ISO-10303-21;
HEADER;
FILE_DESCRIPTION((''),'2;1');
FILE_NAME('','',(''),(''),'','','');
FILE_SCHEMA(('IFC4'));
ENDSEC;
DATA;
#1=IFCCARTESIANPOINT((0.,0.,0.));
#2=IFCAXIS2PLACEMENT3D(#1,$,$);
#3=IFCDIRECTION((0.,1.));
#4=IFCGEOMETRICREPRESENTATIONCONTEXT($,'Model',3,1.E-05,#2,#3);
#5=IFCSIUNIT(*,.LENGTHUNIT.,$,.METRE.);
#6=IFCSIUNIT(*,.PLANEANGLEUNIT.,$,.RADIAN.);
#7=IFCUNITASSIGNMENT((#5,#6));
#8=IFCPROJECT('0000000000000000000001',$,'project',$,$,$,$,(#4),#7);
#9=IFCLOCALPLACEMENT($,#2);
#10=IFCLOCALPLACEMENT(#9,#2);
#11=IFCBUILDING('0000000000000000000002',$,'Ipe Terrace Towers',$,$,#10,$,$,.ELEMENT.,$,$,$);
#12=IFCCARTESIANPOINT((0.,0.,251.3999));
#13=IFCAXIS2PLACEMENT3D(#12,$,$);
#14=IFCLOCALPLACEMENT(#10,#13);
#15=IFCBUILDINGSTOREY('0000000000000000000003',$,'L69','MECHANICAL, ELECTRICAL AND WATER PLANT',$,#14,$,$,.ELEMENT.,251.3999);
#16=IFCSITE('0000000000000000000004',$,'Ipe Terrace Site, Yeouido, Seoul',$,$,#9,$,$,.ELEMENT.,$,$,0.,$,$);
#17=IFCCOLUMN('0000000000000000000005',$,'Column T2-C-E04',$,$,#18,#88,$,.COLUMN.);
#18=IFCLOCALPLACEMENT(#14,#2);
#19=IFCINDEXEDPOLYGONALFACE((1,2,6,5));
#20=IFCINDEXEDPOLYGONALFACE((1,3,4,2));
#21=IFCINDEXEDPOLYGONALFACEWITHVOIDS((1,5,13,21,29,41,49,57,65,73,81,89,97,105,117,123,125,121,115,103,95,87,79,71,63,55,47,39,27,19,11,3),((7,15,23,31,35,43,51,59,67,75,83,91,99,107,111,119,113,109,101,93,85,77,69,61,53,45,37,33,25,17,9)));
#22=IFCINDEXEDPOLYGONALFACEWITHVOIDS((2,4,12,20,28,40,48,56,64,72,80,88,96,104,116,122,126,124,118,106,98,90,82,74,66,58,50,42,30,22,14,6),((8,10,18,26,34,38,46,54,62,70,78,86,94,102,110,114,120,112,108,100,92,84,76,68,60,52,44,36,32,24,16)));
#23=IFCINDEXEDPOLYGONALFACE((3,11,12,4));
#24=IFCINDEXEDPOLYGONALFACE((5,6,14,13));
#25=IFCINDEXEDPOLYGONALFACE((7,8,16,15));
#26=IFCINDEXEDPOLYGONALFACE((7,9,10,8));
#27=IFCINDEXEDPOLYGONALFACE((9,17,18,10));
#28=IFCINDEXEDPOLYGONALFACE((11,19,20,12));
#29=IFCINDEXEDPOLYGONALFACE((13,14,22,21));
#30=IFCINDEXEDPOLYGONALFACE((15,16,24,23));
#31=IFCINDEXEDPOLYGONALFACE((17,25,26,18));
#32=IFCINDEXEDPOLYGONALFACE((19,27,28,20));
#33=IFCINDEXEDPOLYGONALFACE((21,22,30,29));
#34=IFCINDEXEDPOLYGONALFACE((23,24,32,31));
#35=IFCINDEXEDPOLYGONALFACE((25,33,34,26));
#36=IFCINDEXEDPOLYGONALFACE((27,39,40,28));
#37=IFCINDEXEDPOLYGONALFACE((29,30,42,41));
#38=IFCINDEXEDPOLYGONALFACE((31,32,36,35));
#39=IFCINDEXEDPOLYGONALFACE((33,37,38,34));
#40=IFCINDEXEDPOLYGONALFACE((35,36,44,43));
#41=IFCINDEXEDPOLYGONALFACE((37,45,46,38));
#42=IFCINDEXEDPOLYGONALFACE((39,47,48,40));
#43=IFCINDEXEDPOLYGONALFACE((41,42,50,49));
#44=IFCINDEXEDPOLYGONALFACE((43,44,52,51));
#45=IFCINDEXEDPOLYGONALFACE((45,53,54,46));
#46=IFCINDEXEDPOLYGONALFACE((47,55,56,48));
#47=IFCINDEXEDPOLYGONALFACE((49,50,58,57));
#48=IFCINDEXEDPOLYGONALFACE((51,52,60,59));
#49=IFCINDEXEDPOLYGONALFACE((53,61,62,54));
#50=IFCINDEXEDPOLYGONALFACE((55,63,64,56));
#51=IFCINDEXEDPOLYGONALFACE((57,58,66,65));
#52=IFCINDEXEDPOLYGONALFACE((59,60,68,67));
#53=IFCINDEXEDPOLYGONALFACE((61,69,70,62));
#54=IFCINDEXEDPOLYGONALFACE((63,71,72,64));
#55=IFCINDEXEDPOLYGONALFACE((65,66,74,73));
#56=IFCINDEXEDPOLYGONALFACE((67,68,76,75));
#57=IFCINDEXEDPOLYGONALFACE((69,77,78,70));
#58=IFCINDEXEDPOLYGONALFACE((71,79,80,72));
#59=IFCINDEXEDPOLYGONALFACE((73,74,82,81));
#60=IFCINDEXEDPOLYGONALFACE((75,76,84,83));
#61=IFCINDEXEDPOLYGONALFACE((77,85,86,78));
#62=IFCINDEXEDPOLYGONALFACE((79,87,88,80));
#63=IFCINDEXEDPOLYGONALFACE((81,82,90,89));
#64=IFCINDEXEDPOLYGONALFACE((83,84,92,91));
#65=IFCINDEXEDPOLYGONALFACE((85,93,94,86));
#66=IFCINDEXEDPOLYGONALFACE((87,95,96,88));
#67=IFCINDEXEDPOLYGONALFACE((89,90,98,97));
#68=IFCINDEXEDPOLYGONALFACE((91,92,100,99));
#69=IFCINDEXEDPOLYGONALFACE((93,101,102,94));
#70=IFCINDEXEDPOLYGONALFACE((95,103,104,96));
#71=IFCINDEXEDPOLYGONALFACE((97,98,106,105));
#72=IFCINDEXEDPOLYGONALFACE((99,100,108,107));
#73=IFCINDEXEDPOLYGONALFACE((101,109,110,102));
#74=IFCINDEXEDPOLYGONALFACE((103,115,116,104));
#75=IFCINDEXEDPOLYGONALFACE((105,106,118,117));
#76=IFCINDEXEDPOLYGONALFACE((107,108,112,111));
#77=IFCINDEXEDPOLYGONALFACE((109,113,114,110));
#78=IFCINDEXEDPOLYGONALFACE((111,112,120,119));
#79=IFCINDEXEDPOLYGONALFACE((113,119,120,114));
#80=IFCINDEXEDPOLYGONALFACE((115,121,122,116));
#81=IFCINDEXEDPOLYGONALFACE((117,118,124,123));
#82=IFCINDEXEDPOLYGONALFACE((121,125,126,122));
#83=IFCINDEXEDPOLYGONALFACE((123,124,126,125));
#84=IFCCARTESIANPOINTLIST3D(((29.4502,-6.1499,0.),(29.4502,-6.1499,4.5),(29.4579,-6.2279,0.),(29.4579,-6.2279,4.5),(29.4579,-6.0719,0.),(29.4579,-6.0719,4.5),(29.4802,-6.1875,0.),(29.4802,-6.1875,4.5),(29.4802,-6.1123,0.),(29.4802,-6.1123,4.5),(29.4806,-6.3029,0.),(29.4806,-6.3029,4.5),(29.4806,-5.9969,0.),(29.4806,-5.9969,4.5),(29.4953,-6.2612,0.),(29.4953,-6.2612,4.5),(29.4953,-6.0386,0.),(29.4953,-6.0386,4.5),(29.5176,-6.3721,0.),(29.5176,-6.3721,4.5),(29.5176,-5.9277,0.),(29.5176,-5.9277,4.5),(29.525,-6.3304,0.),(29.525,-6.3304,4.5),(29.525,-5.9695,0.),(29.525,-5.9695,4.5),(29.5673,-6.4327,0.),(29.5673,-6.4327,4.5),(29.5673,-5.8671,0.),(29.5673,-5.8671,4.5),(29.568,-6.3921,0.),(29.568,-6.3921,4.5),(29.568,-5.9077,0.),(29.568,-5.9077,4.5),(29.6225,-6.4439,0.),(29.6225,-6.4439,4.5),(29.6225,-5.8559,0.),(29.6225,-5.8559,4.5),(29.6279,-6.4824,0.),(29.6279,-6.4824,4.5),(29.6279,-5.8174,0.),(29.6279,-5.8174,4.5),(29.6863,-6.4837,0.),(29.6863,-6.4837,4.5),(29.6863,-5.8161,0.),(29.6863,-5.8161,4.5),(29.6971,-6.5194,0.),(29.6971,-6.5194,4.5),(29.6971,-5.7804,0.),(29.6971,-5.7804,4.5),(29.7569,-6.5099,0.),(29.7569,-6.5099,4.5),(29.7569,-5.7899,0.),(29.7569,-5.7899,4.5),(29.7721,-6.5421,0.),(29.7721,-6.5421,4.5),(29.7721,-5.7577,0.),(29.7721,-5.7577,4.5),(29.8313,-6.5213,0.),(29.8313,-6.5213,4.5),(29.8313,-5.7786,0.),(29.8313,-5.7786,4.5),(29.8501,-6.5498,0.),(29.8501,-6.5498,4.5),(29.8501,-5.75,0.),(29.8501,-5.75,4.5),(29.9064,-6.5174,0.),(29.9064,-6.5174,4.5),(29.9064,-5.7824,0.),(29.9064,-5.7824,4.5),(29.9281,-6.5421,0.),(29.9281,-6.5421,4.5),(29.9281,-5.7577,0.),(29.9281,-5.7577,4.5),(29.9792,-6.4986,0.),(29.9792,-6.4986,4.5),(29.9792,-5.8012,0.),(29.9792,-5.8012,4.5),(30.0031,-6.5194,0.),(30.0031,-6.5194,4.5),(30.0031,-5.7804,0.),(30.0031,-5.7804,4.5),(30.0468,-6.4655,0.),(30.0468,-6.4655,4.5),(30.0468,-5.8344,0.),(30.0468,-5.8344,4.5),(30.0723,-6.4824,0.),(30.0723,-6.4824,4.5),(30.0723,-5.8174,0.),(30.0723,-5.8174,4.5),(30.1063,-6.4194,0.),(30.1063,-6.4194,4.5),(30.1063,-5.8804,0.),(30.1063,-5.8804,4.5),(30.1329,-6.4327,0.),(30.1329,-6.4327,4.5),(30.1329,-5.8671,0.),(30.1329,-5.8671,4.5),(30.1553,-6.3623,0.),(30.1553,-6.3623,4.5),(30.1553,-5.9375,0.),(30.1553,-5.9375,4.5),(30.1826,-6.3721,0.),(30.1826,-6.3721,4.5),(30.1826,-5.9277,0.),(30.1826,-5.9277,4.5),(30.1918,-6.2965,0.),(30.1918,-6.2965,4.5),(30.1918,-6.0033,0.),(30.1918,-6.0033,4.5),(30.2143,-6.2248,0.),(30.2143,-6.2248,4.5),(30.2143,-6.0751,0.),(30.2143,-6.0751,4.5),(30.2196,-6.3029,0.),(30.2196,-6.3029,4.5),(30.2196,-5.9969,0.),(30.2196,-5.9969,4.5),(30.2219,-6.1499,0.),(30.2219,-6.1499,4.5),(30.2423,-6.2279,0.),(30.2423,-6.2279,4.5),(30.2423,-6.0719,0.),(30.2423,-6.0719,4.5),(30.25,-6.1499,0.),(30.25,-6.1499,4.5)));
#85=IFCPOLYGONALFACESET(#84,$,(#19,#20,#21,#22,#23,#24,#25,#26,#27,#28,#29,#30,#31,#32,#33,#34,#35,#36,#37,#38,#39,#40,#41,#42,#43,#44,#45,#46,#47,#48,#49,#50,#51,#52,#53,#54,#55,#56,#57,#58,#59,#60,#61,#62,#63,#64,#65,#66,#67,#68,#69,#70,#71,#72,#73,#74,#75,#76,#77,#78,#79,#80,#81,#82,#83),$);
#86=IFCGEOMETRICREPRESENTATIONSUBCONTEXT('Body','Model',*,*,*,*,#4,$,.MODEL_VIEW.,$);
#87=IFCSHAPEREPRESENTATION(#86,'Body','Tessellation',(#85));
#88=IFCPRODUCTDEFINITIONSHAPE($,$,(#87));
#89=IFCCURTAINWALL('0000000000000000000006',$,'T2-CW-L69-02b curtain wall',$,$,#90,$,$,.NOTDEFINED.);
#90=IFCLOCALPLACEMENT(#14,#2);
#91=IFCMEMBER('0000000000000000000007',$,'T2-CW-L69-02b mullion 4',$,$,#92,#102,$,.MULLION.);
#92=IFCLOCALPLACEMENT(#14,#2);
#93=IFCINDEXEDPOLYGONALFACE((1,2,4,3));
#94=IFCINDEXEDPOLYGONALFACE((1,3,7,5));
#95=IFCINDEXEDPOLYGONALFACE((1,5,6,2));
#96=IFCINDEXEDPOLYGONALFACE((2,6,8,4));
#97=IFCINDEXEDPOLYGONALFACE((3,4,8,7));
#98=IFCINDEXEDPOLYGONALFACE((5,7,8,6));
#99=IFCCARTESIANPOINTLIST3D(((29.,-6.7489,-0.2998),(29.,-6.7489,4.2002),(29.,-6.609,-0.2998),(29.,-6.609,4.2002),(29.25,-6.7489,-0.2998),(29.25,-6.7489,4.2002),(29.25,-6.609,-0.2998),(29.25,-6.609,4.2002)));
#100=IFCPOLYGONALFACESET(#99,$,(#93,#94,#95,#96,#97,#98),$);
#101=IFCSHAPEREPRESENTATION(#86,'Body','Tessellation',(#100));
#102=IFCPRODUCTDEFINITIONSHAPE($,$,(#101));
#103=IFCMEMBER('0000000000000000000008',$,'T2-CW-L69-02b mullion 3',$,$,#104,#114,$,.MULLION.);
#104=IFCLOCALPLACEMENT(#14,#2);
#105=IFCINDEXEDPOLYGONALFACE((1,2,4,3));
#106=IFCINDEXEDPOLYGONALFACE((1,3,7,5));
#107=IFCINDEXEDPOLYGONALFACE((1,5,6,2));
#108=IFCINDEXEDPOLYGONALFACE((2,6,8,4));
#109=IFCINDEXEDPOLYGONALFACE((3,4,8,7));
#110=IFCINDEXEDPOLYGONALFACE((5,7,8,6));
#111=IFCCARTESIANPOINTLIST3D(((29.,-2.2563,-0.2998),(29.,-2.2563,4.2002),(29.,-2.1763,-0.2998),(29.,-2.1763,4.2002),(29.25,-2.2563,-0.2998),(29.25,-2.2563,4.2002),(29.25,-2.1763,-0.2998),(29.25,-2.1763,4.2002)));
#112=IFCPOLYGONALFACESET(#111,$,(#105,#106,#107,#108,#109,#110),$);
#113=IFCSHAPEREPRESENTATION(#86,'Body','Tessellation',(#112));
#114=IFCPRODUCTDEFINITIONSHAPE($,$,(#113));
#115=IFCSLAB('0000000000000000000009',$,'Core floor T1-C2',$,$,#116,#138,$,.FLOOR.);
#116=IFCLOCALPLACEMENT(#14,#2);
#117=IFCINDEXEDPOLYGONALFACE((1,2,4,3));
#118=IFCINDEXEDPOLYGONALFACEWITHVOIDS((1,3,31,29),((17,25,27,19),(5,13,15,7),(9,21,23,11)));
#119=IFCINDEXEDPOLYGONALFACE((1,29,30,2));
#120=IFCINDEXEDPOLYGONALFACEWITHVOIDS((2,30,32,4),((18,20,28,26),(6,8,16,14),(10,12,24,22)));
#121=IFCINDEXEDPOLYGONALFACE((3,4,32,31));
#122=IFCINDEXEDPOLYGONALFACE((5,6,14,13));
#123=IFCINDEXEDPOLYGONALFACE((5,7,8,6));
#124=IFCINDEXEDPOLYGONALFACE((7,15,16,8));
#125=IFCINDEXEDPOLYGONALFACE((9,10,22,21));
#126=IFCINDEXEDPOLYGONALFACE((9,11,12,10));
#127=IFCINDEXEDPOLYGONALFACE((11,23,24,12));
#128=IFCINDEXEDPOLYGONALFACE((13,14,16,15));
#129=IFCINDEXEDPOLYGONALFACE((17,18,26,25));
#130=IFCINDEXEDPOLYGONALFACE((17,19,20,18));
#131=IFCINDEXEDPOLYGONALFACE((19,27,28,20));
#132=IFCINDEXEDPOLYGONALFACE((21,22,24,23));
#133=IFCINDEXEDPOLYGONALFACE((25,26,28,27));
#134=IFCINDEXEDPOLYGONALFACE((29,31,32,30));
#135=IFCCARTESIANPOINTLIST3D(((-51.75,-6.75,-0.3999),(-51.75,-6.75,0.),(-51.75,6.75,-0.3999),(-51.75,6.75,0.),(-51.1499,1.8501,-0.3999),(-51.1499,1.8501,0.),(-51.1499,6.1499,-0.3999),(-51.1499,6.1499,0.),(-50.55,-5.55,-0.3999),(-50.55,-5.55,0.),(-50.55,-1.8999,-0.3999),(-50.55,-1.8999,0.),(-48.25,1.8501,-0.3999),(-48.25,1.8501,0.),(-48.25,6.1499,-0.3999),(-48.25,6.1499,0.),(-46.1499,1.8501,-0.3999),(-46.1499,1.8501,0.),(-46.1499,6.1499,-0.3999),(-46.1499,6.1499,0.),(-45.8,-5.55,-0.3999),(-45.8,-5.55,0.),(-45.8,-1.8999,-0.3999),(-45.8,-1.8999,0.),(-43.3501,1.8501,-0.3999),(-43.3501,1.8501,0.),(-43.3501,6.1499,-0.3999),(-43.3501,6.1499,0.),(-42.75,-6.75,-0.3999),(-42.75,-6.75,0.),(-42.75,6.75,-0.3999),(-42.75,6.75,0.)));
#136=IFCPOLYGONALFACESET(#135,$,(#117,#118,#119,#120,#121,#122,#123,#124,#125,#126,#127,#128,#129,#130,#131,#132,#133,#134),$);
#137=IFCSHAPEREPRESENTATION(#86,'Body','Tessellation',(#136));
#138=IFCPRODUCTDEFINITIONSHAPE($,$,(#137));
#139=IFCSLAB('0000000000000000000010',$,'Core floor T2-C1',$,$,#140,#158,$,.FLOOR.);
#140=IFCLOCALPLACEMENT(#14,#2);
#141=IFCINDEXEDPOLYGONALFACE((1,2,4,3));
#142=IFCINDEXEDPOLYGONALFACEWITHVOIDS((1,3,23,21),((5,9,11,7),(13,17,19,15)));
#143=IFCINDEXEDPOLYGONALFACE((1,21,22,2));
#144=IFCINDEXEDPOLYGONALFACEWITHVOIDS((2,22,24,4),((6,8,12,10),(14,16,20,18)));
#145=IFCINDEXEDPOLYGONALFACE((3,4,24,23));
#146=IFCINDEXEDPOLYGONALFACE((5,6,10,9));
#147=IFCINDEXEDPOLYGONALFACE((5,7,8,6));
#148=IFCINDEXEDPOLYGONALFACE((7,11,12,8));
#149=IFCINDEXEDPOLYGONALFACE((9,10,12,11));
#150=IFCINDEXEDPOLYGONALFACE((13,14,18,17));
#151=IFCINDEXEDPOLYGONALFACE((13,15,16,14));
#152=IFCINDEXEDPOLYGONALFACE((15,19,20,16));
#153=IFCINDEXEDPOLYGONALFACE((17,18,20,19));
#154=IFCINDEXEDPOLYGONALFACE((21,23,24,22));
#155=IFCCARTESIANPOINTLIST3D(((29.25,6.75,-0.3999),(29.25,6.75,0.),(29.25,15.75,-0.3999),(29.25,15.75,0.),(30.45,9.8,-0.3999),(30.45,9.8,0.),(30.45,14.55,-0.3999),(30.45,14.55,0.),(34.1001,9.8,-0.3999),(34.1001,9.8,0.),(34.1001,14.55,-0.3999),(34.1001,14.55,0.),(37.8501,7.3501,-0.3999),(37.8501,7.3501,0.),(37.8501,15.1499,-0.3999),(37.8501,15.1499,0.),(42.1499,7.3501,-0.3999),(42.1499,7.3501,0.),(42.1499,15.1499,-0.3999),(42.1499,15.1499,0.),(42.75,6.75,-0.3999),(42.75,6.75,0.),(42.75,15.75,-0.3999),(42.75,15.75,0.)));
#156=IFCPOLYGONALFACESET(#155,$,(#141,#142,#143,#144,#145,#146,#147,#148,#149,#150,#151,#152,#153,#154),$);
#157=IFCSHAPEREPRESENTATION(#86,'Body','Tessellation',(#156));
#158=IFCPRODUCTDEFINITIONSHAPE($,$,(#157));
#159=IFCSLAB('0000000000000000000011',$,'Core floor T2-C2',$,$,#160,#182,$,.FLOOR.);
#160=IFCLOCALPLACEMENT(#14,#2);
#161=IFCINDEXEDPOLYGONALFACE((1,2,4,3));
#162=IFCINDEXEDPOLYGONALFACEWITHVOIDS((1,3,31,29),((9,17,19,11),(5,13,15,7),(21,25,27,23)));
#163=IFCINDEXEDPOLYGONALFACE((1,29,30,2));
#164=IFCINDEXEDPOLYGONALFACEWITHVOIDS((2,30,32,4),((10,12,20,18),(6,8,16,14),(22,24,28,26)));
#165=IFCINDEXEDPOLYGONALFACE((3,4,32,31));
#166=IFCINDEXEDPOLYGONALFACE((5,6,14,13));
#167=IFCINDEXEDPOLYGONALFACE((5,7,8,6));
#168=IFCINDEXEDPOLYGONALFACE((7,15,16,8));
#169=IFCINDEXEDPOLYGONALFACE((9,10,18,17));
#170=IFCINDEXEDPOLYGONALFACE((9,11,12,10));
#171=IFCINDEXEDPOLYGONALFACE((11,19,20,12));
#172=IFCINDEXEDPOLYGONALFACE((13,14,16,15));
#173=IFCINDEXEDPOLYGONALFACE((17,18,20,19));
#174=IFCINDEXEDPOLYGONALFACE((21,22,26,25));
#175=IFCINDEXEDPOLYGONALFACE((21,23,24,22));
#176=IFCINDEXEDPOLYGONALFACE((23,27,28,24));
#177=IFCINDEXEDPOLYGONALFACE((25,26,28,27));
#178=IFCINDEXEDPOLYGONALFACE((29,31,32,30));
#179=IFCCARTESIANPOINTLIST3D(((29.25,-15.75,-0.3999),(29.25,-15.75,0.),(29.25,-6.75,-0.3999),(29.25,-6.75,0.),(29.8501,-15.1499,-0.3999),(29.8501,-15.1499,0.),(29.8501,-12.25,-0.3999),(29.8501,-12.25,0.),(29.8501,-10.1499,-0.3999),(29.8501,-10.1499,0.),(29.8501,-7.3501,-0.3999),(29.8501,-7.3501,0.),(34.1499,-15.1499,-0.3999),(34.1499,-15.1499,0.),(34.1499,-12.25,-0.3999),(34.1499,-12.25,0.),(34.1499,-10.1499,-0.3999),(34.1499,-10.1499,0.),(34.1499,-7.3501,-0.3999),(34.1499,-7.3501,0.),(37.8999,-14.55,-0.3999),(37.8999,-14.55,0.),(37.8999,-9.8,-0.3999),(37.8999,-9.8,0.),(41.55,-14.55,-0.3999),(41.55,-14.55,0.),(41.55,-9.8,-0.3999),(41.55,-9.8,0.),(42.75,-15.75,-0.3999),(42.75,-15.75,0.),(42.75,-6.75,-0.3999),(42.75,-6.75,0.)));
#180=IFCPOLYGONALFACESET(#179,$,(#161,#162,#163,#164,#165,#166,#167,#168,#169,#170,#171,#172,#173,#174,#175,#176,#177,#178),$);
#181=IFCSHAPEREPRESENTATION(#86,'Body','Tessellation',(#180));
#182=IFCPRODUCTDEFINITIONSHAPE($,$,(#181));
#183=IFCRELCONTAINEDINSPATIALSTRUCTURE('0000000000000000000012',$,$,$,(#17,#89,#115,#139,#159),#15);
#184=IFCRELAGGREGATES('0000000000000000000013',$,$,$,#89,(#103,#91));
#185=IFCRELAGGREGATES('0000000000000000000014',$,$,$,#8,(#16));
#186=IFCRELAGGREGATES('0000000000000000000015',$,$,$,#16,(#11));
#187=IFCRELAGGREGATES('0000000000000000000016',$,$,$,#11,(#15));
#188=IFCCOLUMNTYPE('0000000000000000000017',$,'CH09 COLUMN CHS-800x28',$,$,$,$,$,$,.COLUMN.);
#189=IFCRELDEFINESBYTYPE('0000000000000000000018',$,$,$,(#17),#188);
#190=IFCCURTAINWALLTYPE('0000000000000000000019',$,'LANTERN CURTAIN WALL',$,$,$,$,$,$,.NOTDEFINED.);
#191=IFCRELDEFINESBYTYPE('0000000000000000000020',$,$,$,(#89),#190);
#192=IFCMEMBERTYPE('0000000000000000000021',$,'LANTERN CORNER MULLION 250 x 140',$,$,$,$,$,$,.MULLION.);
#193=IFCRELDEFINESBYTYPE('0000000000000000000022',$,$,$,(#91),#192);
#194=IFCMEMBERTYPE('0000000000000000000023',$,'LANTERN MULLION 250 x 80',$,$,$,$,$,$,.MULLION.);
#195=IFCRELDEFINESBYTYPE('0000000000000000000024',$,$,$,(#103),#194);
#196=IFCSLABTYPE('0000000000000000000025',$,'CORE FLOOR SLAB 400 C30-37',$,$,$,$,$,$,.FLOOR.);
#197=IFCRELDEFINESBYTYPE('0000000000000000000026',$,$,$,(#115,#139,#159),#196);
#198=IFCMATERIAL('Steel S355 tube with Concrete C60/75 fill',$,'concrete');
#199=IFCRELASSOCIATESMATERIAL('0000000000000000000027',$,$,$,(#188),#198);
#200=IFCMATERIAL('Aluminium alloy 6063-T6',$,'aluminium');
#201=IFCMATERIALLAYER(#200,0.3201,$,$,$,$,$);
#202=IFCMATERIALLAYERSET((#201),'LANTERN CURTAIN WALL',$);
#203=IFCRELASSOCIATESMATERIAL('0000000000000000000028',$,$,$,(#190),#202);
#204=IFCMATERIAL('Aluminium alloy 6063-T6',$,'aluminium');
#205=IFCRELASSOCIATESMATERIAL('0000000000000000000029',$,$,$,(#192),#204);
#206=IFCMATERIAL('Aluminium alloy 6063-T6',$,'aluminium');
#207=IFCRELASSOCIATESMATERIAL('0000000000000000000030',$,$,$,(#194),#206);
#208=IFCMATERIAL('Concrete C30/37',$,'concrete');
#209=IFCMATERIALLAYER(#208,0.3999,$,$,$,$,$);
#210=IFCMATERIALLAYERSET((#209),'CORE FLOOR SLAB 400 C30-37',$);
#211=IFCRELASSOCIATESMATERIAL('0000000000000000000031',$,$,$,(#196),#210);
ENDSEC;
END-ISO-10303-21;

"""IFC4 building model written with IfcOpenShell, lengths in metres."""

from ifc_helpers import new_model, si_unit, direction, frame, origin, origin_2d, place, context, subcontext, project, spatial, polyline, rectangle, hollow_circle, outline, extrude, material, layer, layer_set, material_profile, profile_set, type_object, element, aggregate, save


model = new_model("IFC4")

# Units and contexts
model_context = context("Model", 3, precision=1e-05, world=origin(), true_north=direction((0.0, 1.0)))
body_context = subcontext(model_context, "Body", "Model", "MODEL_VIEW")
ifc_project = project(units=[si_unit("LENGTHUNIT", "METRE"), si_unit("PLANEANGLEUNIT", "RADIAN")], contexts=[model_context])

# Site, building, storey
site_placement = place(None, origin())
site = spatial("IfcSite", under=ifc_project, at=site_placement, Name="Ipe Terrace Site, Yeouido, Seoul", CompositionType="ELEMENT", RefElevation=0.0)
building_placement = place(site_placement, origin())
building = spatial("IfcBuilding", under=site, at=building_placement, Name="Ipe Terrace Towers", CompositionType="ELEMENT")
storey_placement = place(building_placement, frame((0.0, 0.0, 251.3999)))
storey = spatial("IfcBuildingStorey", under=building, at=storey_placement, Name="L69", Description="MECHANICAL, ELECTRICAL AND WATER PLANT", CompositionType="ELEMENT", Elevation=251.3999)

# Column
ifc_material_1 = material(Name="Steel S355 tube with Concrete C60/75 fill", Category="concrete")
ifc_material_profile_1 = material_profile(ifc_material_1, hollow_circle(Radius=0.3999, WallThickness=0.0281, at=origin_2d()), Name="CHS-800x28")
ifc_profile_set_1 = profile_set([ifc_material_profile_1], Name="Steel S355 tube with Concrete C60/75 fill")
column_type = type_object("IfcColumnType", Name="CH09 COLUMN CHS-800x28", PredefinedType="COLUMN", material=ifc_profile_set_1)
column_placement = place(storey_placement, frame((29.8501, -6.1499, 0.0), z_axis=(0.0, 0.0, 1.0), x_axis=(1.0, 0.0, 0.0)))
element("IfcColumn", 1, at=column_placement, inside=storey, type_object=column_type, Name="Column T2-C-E04", PredefinedType="COLUMN", context=body_context, shape_type="SweptSolid", body=[
    extrude(hollow_circle(Radius=0.3999, WallThickness=0.0281, at=origin_2d()), origin(), (0.0, 0.0, 1.0), 4.5),
])

# Curtain wall, members
ifc_material_2 = material(Name="Aluminium alloy 6063-T6", Category="aluminium")
ifc_layer_1 = layer(ifc_material_2, 0.3201)
ifc_layer_set_1 = layer_set([ifc_layer_1], Name="LANTERN CURTAIN WALL")
curtain_wall_type = type_object("IfcCurtainWallType", Name="LANTERN CURTAIN WALL", PredefinedType="NOTDEFINED", material=ifc_layer_set_1)
curtain_wall_placement = place(storey_placement, origin())
curtain_wall = element("IfcCurtainWall", 2, at=curtain_wall_placement, inside=storey, type_object=curtain_wall_type, Name="T2-CW-L69-02b curtain wall", PredefinedType="NOTDEFINED")
ifc_material_3 = material(Name="Aluminium alloy 6063-T6", Category="aluminium")
ifc_material_profile_2 = material_profile(ifc_material_3, rectangle(XDim=0.25, YDim=0.1399, at=origin_2d()), Name="LANTERN CORNER MULLION 250 x 140")
ifc_profile_set_2 = profile_set([ifc_material_profile_2], Name="Aluminium alloy 6063-T6")
member_type_1 = type_object("IfcMemberType", Name="LANTERN CORNER MULLION 250 x 140", PredefinedType="MULLION", material=ifc_profile_set_2)
member_1_placement = place(storey_placement, frame((29.125, -6.679, -0.2998), z_axis=(0.0, 0.0, 1.0), x_axis=(-1.0, 0.0, 0.0)))
member_1 = element("IfcMember", 3, at=member_1_placement, type_object=member_type_1, Name="T2-CW-L69-02b mullion 4", PredefinedType="MULLION", context=body_context, shape_type="SweptSolid", body=[
    extrude(rectangle(XDim=0.25, YDim=0.1399, at=origin_2d()), origin(), (0.0, 0.0, 1.0), 4.5),
])
ifc_material_4 = material(Name="Aluminium alloy 6063-T6", Category="aluminium")
ifc_material_profile_3 = material_profile(ifc_material_4, rectangle(XDim=0.25, YDim=0.0801, at=origin_2d()), Name="LANTERN MULLION 250 x 80")
ifc_profile_set_3 = profile_set([ifc_material_profile_3], Name="Aluminium alloy 6063-T6")
member_type_2 = type_object("IfcMemberType", Name="LANTERN MULLION 250 x 80", PredefinedType="MULLION", material=ifc_profile_set_3)
member_2_placement = place(storey_placement, frame((29.125, -2.2163, -0.2998), z_axis=(0.0, 0.0, 1.0), x_axis=(-1.0, 0.0, 0.0)))
member_2 = element("IfcMember", 4, at=member_2_placement, type_object=member_type_2, Name="T2-CW-L69-02b mullion 3", PredefinedType="MULLION", context=body_context, shape_type="SweptSolid", body=[
    extrude(rectangle(XDim=0.25, YDim=0.0801, at=origin_2d()), origin(), (0.0, 0.0, 1.0), 4.5),
])

# Slabs
ifc_material_5 = material(Name="Concrete C30/37", Category="concrete")
ifc_layer_2 = layer(ifc_material_5, 0.3999)
ifc_layer_set_2 = layer_set([ifc_layer_2], Name="CORE FLOOR SLAB 400 C30-37")
slab_type = type_object("IfcSlabType", Name="CORE FLOOR SLAB 400 C30-37", PredefinedType="FLOOR", material=ifc_layer_set_2)
slab_1_placement = place(storey_placement, frame((0.0, 0.0, -0.3999)))
element("IfcSlab", 5, at=slab_1_placement, inside=storey, type_object=slab_type, Name="Core floor T1-C2", PredefinedType="FLOOR", context=body_context, shape_type="SweptSolid", body=[
    extrude(outline(polyline([(-51.75, -6.75), (-51.75, 6.75), (-42.75, 6.75), (-42.75, -6.75), (-51.75, -6.75)]), holes=[polyline([(-45.8, -1.8999), (-50.55, -1.8999), (-50.55, -5.55), (-45.8, -5.55), (-45.8, -1.8999)]), polyline([(-48.25, 1.8501), (-48.25, 6.1499), (-51.1499, 6.1499), (-51.1499, 1.8501), (-48.25, 1.8501)]), polyline([(-43.3501, 1.8501), (-43.3501, 6.1499), (-46.1499, 6.1499), (-46.1499, 1.8501), (-43.3501, 1.8501)])]), origin(), (0.0, 0.0, 1.0), 0.3999),
])
slab_2_placement = place(storey_placement, frame((0.0, 0.0, -0.3999)))
element("IfcSlab", 6, at=slab_2_placement, inside=storey, type_object=slab_type, Name="Core floor T2-C1", PredefinedType="FLOOR", context=body_context, shape_type="SweptSolid", body=[
    extrude(outline(polyline([(29.25, 6.75), (29.25, 15.75), (42.75, 15.75), (42.75, 6.75), (29.25, 6.75)]), holes=[polyline([(42.1499, 7.3501), (42.1499, 15.1499), (37.8501, 15.1499), (37.8501, 7.3501), (42.1499, 7.3501)]), polyline([(30.45, 9.8), (34.1001, 9.8), (34.1001, 14.55), (30.45, 14.55), (30.45, 9.8)])]), origin(), (0.0, 0.0, 1.0), 0.3999),
])
slab_3_placement = place(storey_placement, frame((0.0, 0.0, -0.3999)))
element("IfcSlab", 7, at=slab_3_placement, inside=storey, type_object=slab_type, Name="Core floor T2-C2", PredefinedType="FLOOR", context=body_context, shape_type="SweptSolid", body=[
    extrude(outline(polyline([(29.25, -15.75), (29.25, -6.75), (42.75, -6.75), (42.75, -15.75), (29.25, -15.75)]), holes=[polyline([(29.8501, -12.25), (29.8501, -15.1499), (34.1499, -15.1499), (34.1499, -12.25), (29.8501, -12.25)]), polyline([(41.55, -9.8), (37.8999, -9.8), (37.8999, -14.55), (41.55, -14.55), (41.55, -9.8)]), polyline([(34.1499, -7.3501), (29.8501, -7.3501), (29.8501, -10.1499), (34.1499, -10.1499), (34.1499, -7.3501)])]), origin(), (0.0, 0.0, 1.0), 0.3999),
])

aggregate(curtain_wall, [member_2, member_1])

save(model, "model.ifc")
